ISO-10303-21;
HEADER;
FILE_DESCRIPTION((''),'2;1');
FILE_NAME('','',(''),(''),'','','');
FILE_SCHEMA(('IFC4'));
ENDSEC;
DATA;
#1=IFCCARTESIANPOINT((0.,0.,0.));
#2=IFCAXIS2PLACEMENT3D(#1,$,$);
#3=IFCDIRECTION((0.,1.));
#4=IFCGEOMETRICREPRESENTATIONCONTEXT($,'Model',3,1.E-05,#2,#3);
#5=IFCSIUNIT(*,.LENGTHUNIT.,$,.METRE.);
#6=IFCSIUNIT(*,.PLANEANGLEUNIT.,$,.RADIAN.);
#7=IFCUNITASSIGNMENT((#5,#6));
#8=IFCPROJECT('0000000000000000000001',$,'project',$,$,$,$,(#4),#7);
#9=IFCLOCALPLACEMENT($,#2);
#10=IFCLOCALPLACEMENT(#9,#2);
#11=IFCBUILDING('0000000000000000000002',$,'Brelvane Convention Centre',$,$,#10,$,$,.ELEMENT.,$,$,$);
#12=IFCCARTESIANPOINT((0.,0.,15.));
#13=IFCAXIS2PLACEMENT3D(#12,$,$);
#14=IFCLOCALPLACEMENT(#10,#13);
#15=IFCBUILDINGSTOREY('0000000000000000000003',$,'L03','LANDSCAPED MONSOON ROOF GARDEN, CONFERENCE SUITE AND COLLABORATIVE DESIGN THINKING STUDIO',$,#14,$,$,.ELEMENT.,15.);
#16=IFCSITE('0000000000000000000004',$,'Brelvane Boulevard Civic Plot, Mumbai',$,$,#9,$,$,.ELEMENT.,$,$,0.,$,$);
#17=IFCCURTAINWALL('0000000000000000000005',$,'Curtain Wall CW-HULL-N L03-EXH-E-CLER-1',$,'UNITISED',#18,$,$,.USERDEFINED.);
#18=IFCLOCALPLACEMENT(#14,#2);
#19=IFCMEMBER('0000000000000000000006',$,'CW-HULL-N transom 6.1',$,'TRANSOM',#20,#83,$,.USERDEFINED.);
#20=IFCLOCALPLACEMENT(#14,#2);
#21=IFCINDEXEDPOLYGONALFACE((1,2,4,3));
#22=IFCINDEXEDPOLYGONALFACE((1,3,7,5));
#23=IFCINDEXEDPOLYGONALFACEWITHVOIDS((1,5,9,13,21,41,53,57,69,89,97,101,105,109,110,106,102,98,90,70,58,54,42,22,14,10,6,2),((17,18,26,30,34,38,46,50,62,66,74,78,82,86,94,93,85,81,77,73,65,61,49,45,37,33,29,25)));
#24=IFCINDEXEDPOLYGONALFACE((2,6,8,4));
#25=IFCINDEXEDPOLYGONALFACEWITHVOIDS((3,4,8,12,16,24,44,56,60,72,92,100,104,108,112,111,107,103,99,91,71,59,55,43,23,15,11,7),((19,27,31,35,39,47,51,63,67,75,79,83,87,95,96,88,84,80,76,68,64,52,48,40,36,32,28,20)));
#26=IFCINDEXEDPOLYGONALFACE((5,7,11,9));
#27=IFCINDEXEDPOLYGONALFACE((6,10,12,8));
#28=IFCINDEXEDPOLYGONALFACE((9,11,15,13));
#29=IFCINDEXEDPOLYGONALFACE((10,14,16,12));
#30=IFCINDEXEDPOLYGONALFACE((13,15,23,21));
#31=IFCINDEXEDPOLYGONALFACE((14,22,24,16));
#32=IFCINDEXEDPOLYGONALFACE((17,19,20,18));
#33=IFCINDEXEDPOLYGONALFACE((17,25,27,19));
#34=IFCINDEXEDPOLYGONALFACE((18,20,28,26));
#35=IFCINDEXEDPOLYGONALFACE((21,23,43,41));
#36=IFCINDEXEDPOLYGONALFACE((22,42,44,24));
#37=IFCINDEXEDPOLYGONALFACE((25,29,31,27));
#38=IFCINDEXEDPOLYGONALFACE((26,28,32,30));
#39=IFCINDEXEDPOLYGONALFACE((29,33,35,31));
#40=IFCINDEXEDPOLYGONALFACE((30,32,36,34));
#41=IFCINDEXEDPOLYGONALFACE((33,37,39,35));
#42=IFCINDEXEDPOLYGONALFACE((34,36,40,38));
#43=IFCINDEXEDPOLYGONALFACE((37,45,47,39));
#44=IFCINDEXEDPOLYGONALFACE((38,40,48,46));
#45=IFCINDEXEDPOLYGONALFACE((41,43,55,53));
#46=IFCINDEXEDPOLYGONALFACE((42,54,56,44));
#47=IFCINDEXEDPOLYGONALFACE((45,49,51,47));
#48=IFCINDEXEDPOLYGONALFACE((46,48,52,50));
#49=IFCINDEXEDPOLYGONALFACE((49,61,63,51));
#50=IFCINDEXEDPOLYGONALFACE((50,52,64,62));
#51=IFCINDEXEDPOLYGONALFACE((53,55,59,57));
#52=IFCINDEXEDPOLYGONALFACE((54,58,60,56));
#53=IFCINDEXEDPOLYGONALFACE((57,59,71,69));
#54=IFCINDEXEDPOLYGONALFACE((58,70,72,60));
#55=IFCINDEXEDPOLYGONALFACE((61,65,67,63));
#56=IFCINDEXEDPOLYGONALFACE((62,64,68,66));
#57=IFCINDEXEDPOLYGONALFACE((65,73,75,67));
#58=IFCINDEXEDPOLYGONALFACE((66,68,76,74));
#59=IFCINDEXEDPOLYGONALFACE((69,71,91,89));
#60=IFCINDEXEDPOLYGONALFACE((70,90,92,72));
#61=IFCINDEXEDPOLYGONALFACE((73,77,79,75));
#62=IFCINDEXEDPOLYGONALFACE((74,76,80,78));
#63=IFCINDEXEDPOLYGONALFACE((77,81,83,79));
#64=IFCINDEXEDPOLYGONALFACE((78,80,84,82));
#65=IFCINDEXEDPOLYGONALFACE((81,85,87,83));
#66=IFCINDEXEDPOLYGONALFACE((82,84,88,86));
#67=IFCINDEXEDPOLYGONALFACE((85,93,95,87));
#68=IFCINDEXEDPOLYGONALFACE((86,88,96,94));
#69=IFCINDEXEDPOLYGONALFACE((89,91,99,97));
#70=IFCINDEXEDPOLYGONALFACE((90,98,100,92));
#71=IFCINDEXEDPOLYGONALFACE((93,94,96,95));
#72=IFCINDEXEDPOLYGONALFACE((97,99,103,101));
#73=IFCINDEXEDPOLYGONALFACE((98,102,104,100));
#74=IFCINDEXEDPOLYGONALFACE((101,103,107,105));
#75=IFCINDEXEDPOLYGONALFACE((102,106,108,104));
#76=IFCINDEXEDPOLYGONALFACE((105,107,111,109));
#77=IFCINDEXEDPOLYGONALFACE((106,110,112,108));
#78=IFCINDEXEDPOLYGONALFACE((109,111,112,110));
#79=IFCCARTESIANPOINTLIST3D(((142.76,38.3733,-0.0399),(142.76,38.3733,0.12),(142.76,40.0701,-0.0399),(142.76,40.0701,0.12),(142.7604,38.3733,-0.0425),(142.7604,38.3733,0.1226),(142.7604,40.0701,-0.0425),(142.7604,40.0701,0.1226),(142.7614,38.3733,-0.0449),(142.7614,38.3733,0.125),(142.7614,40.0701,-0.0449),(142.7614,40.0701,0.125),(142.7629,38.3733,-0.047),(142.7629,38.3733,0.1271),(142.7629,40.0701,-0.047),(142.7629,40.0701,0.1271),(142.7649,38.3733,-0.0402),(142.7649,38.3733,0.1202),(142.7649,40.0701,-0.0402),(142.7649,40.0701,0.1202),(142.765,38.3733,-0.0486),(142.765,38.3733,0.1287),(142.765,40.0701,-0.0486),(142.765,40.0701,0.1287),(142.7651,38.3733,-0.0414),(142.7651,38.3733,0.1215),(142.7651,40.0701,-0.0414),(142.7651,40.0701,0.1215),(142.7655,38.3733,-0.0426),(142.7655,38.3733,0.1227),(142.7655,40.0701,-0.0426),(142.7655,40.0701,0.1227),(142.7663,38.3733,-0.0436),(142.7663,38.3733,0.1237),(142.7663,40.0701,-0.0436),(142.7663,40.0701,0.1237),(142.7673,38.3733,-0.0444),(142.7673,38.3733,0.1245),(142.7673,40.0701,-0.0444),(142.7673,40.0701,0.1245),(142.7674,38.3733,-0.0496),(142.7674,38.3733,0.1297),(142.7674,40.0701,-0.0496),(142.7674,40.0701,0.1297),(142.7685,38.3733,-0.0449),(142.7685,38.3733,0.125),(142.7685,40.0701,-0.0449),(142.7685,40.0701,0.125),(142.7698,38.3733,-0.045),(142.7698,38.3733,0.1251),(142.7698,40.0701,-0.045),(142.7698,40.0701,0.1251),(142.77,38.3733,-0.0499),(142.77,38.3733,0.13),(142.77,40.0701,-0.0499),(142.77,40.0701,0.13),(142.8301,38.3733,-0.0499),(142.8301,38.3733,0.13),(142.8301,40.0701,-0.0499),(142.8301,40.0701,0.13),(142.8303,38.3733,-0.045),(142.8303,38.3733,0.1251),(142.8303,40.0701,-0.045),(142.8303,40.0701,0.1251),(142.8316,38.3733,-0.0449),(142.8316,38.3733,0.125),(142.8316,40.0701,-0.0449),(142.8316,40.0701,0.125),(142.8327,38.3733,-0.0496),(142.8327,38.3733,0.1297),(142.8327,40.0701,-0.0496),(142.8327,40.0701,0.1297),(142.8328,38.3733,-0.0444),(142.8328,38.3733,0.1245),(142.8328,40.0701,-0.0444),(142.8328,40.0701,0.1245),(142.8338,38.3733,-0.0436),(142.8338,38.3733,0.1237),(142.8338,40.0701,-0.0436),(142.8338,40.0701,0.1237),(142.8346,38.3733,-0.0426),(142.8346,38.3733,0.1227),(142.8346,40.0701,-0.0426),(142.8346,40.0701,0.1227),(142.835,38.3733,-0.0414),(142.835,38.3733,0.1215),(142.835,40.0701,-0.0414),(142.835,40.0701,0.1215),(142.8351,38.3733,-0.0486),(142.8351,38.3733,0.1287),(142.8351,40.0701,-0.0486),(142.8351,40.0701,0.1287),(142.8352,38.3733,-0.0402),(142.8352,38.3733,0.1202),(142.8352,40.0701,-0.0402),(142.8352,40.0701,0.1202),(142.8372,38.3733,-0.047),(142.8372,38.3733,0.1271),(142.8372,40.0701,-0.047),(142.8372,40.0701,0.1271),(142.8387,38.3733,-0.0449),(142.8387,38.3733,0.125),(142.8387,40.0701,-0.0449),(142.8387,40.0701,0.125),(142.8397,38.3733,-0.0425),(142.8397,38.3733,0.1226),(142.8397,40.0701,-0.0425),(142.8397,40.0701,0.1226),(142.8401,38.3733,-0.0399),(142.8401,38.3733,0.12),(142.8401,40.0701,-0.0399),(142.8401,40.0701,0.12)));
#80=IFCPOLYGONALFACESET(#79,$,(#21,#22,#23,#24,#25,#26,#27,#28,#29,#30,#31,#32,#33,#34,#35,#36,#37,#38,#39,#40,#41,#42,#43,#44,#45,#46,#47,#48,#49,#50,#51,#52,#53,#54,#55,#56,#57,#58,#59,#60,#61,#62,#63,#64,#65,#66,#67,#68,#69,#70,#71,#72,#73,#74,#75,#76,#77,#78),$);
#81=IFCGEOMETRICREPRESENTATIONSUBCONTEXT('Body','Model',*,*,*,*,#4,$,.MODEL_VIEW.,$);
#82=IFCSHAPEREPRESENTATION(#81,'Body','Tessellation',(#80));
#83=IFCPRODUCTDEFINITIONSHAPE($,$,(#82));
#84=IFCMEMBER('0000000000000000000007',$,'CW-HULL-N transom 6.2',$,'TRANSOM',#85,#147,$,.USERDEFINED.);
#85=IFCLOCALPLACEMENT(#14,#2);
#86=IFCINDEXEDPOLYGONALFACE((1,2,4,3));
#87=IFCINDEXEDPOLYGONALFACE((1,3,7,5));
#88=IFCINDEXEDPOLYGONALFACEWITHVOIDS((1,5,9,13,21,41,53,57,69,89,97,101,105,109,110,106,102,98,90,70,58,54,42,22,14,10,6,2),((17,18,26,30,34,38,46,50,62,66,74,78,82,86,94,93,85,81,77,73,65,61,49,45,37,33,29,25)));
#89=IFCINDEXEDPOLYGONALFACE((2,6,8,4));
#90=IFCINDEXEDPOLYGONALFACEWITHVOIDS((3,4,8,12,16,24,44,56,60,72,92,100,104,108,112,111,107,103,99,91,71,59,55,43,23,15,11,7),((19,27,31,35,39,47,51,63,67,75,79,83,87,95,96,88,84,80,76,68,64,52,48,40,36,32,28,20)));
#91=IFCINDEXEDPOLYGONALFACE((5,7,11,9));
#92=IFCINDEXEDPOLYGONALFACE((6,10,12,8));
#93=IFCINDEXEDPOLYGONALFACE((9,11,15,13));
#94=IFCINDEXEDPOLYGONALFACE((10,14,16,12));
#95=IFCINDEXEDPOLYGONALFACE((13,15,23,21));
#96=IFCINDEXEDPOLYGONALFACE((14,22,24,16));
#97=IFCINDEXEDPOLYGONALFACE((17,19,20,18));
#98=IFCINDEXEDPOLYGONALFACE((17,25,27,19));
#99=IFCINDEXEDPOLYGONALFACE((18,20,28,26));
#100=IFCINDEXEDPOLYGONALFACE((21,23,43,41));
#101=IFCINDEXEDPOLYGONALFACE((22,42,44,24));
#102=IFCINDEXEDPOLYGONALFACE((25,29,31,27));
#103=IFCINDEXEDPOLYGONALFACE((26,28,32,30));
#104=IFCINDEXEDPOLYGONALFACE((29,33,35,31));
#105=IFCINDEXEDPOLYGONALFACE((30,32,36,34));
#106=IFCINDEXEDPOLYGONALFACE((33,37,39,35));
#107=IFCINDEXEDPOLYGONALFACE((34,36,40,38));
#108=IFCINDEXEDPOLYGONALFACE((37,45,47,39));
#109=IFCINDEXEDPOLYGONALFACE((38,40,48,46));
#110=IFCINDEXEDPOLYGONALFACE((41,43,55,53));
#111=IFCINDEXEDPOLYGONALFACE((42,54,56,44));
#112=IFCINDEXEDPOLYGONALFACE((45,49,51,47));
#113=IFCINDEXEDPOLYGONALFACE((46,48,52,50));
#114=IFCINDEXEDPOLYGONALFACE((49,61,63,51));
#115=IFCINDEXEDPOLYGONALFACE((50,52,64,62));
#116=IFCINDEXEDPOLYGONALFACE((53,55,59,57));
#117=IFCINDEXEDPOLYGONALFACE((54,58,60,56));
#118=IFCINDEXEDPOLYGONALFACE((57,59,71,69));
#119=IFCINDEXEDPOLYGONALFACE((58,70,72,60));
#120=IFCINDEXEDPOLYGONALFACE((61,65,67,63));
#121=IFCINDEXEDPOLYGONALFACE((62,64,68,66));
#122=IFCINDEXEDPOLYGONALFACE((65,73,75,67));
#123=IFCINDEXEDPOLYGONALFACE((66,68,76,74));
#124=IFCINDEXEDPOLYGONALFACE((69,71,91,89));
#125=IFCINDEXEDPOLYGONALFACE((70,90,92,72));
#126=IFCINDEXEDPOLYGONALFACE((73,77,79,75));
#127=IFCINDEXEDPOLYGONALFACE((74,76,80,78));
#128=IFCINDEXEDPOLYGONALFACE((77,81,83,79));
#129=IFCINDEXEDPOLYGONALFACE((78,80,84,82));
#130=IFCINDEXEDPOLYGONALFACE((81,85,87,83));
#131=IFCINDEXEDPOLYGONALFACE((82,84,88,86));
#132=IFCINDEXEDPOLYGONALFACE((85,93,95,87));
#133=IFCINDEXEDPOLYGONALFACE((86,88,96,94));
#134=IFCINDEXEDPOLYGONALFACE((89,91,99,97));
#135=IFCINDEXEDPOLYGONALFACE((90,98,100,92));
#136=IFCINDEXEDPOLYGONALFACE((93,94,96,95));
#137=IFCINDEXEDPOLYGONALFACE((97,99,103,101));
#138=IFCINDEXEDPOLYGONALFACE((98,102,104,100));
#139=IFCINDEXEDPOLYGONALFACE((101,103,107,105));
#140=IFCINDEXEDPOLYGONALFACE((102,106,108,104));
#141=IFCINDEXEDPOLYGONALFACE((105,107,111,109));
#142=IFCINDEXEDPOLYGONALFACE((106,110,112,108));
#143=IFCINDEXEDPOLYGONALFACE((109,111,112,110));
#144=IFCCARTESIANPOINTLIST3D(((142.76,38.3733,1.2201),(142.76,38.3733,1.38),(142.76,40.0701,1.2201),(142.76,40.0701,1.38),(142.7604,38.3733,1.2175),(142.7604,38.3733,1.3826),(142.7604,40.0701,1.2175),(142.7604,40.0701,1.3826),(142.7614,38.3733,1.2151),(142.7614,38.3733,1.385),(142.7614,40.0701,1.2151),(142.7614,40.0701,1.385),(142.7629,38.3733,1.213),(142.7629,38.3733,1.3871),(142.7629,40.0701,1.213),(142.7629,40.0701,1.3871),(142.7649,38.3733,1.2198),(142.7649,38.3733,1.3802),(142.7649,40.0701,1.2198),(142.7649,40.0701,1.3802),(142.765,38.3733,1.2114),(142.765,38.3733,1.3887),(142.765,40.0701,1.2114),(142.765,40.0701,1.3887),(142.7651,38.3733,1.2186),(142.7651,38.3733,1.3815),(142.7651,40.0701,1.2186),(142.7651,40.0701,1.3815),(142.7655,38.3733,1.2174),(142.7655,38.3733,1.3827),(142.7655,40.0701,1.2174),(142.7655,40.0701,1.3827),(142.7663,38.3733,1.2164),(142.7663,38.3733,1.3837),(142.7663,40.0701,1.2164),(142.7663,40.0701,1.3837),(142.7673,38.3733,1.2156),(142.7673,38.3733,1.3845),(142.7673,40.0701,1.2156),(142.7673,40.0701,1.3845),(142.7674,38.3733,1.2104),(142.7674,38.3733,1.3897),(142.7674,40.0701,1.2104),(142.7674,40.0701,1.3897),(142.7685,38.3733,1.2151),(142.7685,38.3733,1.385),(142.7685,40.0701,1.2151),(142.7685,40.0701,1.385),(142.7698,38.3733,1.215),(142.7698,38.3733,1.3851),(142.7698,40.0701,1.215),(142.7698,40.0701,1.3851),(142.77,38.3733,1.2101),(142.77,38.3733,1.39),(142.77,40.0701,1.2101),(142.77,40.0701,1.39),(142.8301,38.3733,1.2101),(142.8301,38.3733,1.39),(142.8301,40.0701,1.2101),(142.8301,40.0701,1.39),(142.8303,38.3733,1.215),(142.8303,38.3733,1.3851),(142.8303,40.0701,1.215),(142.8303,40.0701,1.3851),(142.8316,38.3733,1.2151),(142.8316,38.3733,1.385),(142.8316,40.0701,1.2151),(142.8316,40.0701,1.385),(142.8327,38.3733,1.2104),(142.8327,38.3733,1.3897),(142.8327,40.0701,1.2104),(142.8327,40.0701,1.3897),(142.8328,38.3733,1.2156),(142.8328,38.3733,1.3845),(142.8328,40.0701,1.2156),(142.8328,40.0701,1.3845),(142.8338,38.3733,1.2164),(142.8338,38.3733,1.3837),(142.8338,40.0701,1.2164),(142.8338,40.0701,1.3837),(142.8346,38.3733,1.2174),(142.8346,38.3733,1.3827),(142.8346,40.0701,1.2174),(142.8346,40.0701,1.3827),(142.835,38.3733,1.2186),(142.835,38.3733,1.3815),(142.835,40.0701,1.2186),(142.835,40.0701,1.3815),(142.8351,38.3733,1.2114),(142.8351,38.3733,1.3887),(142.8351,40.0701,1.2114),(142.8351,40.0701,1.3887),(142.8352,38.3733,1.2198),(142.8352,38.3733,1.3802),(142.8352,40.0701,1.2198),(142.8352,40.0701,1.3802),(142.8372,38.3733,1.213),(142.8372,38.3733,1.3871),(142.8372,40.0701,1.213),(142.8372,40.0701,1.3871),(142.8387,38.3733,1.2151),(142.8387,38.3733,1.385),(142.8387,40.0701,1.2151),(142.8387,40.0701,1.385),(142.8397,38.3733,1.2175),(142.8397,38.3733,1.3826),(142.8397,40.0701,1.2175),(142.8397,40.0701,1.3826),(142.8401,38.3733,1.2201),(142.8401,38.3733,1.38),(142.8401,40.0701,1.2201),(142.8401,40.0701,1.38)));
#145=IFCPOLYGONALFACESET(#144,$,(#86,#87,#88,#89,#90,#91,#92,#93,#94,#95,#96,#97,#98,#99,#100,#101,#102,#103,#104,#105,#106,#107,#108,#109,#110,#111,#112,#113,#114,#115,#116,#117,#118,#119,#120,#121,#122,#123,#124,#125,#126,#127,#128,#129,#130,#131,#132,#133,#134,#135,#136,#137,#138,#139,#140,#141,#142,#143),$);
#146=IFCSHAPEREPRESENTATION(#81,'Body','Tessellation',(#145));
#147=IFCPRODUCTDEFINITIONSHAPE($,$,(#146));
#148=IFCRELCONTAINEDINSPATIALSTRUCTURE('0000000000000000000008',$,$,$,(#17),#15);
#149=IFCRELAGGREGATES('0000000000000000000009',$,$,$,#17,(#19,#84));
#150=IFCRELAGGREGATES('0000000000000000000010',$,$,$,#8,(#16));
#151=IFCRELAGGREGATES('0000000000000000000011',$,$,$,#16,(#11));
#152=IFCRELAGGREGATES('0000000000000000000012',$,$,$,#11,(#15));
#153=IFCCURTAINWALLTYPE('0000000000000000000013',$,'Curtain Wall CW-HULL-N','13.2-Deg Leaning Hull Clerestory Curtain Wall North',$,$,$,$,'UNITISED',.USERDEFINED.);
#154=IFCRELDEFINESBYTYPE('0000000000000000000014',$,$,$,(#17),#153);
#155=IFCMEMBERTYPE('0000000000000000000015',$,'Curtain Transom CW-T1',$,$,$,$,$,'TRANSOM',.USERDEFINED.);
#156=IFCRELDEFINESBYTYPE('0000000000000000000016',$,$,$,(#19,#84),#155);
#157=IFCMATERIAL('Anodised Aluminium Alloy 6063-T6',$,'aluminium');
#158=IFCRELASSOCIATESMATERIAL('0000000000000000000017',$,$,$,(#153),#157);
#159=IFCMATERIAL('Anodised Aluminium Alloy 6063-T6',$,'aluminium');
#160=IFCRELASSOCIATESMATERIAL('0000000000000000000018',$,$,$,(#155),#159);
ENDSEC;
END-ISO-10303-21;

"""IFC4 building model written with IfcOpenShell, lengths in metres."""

from ifc_helpers import new_model, si_unit, direction, frame, origin, origin_2d, place, context, subcontext, project, spatial, hollow_rectangle, extrude, material, material_profile, profile_set, type_object, element, aggregate, save


model = new_model("IFC4")

# Units and contexts
model_context = context("Model", 3, precision=1e-05, world=origin(), true_north=direction((0.0, 1.0)))
body_context = subcontext(model_context, "Body", "Model", "MODEL_VIEW")
ifc_project = project(units=[si_unit("LENGTHUNIT", "METRE"), si_unit("PLANEANGLEUNIT", "RADIAN")], contexts=[model_context])

# Site, building, storey
site_placement = place(None, origin())
site = spatial("IfcSite", under=ifc_project, at=site_placement, Name="Brelvane Boulevard Civic Plot, Mumbai", CompositionType="ELEMENT", RefElevation=0.0)
building_placement = place(site_placement, origin())
building = spatial("IfcBuilding", under=site, at=building_placement, Name="Brelvane Convention Centre", CompositionType="ELEMENT")
storey_placement = place(building_placement, frame((0.0, 0.0, 15.0)))
storey = spatial("IfcBuildingStorey", under=building, at=storey_placement, Name="L03", Description="LANDSCAPED MONSOON ROOF GARDEN, CONFERENCE SUITE AND COLLABORATIVE DESIGN THINKING STUDIO", CompositionType="ELEMENT", Elevation=15.0)

# Curtain wall
ifc_material_1 = material(Name="Anodised Aluminium Alloy 6063-T6", Category="aluminium")
curtain_wall_type = type_object("IfcCurtainWallType", Name="Curtain Wall CW-HULL-N", Description="13.2-Deg Leaning Hull Clerestory Curtain Wall North", ElementType="UNITISED", PredefinedType="USERDEFINED", material=ifc_material_1)
curtain_wall_1_placement = place(storey_placement, origin())
curtain_wall_1 = element("IfcCurtainWall", 1, at=curtain_wall_1_placement, inside=storey, type_object=curtain_wall_type, Name="Curtain Wall CW-HULL-N L03-EXH-E-CLER-1", ObjectType="UNITISED", PredefinedType="USERDEFINED")

# Members
ifc_material_2 = material(Name="Anodised Aluminium Alloy 6063-T6", Category="aluminium")
ifc_material_profile_1 = material_profile(ifc_material_2, hollow_rectangle(XDim=0.0801, YDim=0.1799, WallThickness=0.0049, InnerFilletRadius=0.0049, OuterFilletRadius=0.01, at=origin_2d()), Name="ALU-T 180x80x5.0")
ifc_profile_set_1 = profile_set([ifc_material_profile_1], Name="Anodised Aluminium Alloy 6063-T6")
member_type_1 = type_object("IfcMemberType", Name="Curtain Transom CW-T1", ElementType="TRANSOM", PredefinedType="USERDEFINED", material=ifc_profile_set_1)
member_1_placement = place(storey_placement, frame((142.8, 38.3733, 0.04), z_axis=(0.0, 1.0, 0.0), x_axis=(-1.0, 0.0, 0.0)))
member_1 = element("IfcMember", 2, at=member_1_placement, type_object=member_type_1, Name="CW-HULL-N transom 6.1", ObjectType="TRANSOM", PredefinedType="USERDEFINED", context=body_context, shape_type="SweptSolid", body=[
    extrude(hollow_rectangle(XDim=0.0801, YDim=0.1799, WallThickness=0.0049, InnerFilletRadius=0.0049, OuterFilletRadius=0.01, at=origin_2d()), origin(), (0.0, 0.0, 1.0), 1.6968),
])
member_2_placement = place(storey_placement, frame((142.8, 38.3733, 1.3), z_axis=(0.0, 1.0, 0.0), x_axis=(-1.0, 0.0, 0.0)))
member_2 = element("IfcMember", 3, at=member_2_placement, type_object=member_type_1, Name="CW-HULL-N transom 6.2", ObjectType="TRANSOM", PredefinedType="USERDEFINED", context=body_context, shape_type="SweptSolid", body=[
    extrude(hollow_rectangle(XDim=0.0801, YDim=0.1799, WallThickness=0.0049, InnerFilletRadius=0.0049, OuterFilletRadius=0.01, at=origin_2d()), origin(), (0.0, 0.0, 1.0), 1.6968),
])

aggregate(curtain_wall_1, [member_1, member_2])

save(model, "model.ifc")
